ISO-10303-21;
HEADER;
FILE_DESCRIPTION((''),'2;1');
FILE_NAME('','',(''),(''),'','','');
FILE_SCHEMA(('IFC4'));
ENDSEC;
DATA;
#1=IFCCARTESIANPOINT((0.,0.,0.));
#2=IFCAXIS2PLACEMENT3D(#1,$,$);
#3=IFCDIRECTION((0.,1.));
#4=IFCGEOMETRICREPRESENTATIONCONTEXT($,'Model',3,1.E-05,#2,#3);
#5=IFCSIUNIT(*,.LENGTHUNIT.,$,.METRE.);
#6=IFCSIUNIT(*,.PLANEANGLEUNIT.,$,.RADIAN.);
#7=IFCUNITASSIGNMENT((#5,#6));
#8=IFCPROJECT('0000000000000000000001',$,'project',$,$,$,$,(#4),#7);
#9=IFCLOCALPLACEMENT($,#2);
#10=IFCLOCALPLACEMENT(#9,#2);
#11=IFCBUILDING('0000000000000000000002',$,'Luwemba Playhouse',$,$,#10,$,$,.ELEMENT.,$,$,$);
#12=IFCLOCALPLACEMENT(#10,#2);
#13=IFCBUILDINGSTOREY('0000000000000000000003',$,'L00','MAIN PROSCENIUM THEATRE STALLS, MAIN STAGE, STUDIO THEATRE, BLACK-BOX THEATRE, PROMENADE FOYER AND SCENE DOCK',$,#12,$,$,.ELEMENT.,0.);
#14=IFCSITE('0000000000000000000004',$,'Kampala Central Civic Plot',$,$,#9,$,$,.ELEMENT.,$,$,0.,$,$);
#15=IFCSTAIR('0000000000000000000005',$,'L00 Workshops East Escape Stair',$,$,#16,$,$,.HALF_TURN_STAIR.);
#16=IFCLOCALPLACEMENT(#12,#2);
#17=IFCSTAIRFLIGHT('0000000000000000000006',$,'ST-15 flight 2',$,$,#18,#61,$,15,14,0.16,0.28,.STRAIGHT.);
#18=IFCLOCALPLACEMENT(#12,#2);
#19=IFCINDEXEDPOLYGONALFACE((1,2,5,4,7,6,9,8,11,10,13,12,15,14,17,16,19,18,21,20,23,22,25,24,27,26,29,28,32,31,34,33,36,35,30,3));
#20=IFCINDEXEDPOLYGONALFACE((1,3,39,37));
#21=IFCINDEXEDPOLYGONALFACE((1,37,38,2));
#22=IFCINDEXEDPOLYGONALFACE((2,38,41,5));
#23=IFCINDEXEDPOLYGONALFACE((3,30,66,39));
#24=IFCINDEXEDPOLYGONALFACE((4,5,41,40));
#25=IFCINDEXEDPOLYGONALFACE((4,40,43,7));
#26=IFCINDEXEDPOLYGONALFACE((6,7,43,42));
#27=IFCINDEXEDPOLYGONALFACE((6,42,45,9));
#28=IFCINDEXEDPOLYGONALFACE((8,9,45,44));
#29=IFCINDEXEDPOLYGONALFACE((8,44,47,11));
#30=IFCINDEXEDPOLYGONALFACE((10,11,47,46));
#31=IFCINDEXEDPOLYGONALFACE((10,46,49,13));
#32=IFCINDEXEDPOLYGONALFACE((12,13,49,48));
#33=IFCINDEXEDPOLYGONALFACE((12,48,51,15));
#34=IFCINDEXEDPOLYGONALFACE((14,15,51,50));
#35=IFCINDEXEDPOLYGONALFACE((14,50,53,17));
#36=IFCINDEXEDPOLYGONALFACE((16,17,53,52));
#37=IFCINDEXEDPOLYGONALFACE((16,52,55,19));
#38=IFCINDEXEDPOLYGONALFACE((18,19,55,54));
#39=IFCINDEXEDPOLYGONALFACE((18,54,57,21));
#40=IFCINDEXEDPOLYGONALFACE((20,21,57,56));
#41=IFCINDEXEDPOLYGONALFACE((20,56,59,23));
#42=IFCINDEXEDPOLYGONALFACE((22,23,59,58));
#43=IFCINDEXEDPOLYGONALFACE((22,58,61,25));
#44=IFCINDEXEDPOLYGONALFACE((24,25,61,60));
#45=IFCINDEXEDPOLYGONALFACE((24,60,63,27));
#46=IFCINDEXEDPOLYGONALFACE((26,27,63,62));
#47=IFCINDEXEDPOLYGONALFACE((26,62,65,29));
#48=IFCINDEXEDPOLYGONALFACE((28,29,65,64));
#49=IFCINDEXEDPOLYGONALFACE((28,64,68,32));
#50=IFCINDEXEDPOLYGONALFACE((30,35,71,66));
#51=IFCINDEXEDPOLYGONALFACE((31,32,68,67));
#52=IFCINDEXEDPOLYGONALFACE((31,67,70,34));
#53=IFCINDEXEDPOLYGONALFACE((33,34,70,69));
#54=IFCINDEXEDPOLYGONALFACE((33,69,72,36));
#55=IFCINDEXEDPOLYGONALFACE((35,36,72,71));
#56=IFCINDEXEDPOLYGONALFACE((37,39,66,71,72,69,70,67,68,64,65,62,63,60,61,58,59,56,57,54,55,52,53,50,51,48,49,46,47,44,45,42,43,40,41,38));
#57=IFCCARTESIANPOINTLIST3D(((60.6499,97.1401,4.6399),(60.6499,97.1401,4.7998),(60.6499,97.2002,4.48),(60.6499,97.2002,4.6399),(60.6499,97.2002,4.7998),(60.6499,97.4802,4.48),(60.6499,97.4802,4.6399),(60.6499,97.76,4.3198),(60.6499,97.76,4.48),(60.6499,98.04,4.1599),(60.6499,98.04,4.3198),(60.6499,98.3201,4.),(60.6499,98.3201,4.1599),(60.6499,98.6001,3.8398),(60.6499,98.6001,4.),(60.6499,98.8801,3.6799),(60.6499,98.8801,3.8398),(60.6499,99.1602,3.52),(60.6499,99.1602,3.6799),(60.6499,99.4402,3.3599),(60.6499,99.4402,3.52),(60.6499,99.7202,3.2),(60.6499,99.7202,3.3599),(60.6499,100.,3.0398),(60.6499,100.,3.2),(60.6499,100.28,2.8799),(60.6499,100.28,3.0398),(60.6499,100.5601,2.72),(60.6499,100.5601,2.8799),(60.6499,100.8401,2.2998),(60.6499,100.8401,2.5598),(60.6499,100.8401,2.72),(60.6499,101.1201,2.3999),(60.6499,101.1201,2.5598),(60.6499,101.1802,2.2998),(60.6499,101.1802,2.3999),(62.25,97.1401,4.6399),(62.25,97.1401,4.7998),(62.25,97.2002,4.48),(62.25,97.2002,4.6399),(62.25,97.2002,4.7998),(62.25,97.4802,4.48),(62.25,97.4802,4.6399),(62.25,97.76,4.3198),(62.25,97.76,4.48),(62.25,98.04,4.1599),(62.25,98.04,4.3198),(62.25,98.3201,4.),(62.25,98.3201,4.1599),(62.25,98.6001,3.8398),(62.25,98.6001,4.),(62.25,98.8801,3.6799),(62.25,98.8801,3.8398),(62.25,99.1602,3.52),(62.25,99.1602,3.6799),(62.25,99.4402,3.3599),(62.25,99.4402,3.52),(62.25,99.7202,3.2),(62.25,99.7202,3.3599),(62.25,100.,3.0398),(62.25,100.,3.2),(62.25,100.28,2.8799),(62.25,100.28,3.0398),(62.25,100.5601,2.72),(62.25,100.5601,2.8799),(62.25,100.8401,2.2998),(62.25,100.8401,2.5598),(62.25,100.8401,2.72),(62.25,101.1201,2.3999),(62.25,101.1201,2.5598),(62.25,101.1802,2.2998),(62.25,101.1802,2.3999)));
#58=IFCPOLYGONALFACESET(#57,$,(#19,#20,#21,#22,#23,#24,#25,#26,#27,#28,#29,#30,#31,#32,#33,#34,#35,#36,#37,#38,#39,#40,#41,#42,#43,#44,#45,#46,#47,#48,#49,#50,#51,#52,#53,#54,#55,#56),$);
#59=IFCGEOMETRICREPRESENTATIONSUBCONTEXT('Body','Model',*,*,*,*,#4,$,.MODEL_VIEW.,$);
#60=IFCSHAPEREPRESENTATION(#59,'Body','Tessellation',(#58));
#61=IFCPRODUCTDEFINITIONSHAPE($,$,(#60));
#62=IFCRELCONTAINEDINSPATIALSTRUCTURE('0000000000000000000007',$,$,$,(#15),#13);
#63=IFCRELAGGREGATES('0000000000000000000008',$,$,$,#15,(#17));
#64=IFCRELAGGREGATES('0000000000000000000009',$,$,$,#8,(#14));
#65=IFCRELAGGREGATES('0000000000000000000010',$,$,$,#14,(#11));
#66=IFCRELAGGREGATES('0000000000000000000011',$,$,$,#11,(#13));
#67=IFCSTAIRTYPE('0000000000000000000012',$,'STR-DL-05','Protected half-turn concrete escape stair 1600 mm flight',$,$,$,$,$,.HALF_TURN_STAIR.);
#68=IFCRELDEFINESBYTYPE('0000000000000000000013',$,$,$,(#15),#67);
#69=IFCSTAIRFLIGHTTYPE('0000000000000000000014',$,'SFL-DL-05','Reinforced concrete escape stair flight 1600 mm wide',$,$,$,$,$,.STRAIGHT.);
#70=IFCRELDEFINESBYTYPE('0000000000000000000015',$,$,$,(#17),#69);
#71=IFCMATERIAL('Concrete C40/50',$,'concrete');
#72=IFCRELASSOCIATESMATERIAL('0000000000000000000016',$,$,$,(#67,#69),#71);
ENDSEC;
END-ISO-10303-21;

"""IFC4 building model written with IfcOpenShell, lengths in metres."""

from ifc_helpers import new_model, si_unit, direction, frame, origin, place, context, subcontext, project, spatial, polyline, outline, extrude, material, type_object, element, aggregate, save


model = new_model("IFC4")

# Units and contexts
model_context = context("Model", 3, precision=1e-05, world=origin(), true_north=direction((0.0, 1.0)))
body_context = subcontext(model_context, "Body", "Model", "MODEL_VIEW")
ifc_project = project(units=[si_unit("LENGTHUNIT", "METRE"), si_unit("PLANEANGLEUNIT", "RADIAN")], contexts=[model_context])

# Site, building, storey
site_placement = place(None, origin())
site = spatial("IfcSite", under=ifc_project, at=site_placement, Name="Kampala Central Civic Plot", CompositionType="ELEMENT", RefElevation=0.0)
building_placement = place(site_placement, origin())
building = spatial("IfcBuilding", under=site, at=building_placement, Name="Luwemba Playhouse", CompositionType="ELEMENT")
storey_placement = place(building_placement, origin())
storey = spatial("IfcBuildingStorey", under=building, at=storey_placement, Name="L00", Description="MAIN PROSCENIUM THEATRE STALLS, MAIN STAGE, STUDIO THEATRE, BLACK-BOX THEATRE, PROMENADE FOYER AND SCENE DOCK", CompositionType="ELEMENT", Elevation=0.0)

# Shared definitions
ifc_material_1 = material(Name="Concrete C40/50", Category="concrete")

# Stair, stair flight
stair_type = type_object("IfcStairType", Name="STR-DL-05", Description="Protected half-turn concrete escape stair 1600 mm flight", PredefinedType="HALF_TURN_STAIR", material=ifc_material_1)
stair_placement = place(storey_placement, origin())
stair = element("IfcStair", 1, at=stair_placement, inside=storey, type_object=stair_type, Name="L00 Workshops East Escape Stair", PredefinedType="HALF_TURN_STAIR")
stair_flight_type = type_object("IfcStairFlightType", Name="SFL-DL-05", Description="Reinforced concrete escape stair flight 1600 mm wide", PredefinedType="STRAIGHT", material=ifc_material_1)
stair_flight_1_placement = place(storey_placement, frame((61.45, 101.1201, 2.3999), z_axis=(0.0, 0.0, 1.0), x_axis=(0.0, -1.0, 0.0)))
stair_flight_1 = element("IfcStairFlight", 2, at=stair_flight_1_placement, type_object=stair_flight_type, Name="ST-15 flight 2", NumberOfRisers=15, NumberOfTreads=14, PredefinedType="STRAIGHT", RiserHeight=0.16, TreadLength=0.28, context=body_context, shape_type="SweptSolid", body=[
    extrude(outline(polyline([(-0.0601, -0.1001), (-0.0601, 0.0), (0.0, 0.0), (0.0, 0.1599), (0.28, 0.1599), (0.28, 0.3201), (0.5601, 0.3201), (0.5601, 0.48), (0.8401, 0.48), (0.8401, 0.6399), (1.1201, 0.6399), (1.1201, 0.8), (1.3999, 0.8), (1.3999, 0.96), (1.6799, 0.96), (1.6799, 1.1201), (1.96, 1.1201), (1.96, 1.28), (2.24, 1.28), (2.24, 1.4399), (2.52, 1.4399), (2.52, 1.6001), (2.8, 1.6001), (2.8, 1.76), (3.0801, 1.76), (3.0801, 1.9199), (3.3601, 1.9199), (3.3601, 2.0801), (3.6399, 2.0801), (3.6399, 2.24), (3.9199, 2.24), (3.9199, 2.3999), (3.98, 2.3999), (3.98, 2.24), (3.9199, 2.0801), (0.28, -0.1001), (-0.0601, -0.1001)])), frame((0.0, 0.8, 0.0), z_axis=(0.0, -1.0, 0.0), x_axis=(1.0, 0.0, 0.0)), (0.0, 0.0, 1.0), 1.6001),
])
aggregate(stair, [stair_flight_1])

save(model, "model.ifc")
